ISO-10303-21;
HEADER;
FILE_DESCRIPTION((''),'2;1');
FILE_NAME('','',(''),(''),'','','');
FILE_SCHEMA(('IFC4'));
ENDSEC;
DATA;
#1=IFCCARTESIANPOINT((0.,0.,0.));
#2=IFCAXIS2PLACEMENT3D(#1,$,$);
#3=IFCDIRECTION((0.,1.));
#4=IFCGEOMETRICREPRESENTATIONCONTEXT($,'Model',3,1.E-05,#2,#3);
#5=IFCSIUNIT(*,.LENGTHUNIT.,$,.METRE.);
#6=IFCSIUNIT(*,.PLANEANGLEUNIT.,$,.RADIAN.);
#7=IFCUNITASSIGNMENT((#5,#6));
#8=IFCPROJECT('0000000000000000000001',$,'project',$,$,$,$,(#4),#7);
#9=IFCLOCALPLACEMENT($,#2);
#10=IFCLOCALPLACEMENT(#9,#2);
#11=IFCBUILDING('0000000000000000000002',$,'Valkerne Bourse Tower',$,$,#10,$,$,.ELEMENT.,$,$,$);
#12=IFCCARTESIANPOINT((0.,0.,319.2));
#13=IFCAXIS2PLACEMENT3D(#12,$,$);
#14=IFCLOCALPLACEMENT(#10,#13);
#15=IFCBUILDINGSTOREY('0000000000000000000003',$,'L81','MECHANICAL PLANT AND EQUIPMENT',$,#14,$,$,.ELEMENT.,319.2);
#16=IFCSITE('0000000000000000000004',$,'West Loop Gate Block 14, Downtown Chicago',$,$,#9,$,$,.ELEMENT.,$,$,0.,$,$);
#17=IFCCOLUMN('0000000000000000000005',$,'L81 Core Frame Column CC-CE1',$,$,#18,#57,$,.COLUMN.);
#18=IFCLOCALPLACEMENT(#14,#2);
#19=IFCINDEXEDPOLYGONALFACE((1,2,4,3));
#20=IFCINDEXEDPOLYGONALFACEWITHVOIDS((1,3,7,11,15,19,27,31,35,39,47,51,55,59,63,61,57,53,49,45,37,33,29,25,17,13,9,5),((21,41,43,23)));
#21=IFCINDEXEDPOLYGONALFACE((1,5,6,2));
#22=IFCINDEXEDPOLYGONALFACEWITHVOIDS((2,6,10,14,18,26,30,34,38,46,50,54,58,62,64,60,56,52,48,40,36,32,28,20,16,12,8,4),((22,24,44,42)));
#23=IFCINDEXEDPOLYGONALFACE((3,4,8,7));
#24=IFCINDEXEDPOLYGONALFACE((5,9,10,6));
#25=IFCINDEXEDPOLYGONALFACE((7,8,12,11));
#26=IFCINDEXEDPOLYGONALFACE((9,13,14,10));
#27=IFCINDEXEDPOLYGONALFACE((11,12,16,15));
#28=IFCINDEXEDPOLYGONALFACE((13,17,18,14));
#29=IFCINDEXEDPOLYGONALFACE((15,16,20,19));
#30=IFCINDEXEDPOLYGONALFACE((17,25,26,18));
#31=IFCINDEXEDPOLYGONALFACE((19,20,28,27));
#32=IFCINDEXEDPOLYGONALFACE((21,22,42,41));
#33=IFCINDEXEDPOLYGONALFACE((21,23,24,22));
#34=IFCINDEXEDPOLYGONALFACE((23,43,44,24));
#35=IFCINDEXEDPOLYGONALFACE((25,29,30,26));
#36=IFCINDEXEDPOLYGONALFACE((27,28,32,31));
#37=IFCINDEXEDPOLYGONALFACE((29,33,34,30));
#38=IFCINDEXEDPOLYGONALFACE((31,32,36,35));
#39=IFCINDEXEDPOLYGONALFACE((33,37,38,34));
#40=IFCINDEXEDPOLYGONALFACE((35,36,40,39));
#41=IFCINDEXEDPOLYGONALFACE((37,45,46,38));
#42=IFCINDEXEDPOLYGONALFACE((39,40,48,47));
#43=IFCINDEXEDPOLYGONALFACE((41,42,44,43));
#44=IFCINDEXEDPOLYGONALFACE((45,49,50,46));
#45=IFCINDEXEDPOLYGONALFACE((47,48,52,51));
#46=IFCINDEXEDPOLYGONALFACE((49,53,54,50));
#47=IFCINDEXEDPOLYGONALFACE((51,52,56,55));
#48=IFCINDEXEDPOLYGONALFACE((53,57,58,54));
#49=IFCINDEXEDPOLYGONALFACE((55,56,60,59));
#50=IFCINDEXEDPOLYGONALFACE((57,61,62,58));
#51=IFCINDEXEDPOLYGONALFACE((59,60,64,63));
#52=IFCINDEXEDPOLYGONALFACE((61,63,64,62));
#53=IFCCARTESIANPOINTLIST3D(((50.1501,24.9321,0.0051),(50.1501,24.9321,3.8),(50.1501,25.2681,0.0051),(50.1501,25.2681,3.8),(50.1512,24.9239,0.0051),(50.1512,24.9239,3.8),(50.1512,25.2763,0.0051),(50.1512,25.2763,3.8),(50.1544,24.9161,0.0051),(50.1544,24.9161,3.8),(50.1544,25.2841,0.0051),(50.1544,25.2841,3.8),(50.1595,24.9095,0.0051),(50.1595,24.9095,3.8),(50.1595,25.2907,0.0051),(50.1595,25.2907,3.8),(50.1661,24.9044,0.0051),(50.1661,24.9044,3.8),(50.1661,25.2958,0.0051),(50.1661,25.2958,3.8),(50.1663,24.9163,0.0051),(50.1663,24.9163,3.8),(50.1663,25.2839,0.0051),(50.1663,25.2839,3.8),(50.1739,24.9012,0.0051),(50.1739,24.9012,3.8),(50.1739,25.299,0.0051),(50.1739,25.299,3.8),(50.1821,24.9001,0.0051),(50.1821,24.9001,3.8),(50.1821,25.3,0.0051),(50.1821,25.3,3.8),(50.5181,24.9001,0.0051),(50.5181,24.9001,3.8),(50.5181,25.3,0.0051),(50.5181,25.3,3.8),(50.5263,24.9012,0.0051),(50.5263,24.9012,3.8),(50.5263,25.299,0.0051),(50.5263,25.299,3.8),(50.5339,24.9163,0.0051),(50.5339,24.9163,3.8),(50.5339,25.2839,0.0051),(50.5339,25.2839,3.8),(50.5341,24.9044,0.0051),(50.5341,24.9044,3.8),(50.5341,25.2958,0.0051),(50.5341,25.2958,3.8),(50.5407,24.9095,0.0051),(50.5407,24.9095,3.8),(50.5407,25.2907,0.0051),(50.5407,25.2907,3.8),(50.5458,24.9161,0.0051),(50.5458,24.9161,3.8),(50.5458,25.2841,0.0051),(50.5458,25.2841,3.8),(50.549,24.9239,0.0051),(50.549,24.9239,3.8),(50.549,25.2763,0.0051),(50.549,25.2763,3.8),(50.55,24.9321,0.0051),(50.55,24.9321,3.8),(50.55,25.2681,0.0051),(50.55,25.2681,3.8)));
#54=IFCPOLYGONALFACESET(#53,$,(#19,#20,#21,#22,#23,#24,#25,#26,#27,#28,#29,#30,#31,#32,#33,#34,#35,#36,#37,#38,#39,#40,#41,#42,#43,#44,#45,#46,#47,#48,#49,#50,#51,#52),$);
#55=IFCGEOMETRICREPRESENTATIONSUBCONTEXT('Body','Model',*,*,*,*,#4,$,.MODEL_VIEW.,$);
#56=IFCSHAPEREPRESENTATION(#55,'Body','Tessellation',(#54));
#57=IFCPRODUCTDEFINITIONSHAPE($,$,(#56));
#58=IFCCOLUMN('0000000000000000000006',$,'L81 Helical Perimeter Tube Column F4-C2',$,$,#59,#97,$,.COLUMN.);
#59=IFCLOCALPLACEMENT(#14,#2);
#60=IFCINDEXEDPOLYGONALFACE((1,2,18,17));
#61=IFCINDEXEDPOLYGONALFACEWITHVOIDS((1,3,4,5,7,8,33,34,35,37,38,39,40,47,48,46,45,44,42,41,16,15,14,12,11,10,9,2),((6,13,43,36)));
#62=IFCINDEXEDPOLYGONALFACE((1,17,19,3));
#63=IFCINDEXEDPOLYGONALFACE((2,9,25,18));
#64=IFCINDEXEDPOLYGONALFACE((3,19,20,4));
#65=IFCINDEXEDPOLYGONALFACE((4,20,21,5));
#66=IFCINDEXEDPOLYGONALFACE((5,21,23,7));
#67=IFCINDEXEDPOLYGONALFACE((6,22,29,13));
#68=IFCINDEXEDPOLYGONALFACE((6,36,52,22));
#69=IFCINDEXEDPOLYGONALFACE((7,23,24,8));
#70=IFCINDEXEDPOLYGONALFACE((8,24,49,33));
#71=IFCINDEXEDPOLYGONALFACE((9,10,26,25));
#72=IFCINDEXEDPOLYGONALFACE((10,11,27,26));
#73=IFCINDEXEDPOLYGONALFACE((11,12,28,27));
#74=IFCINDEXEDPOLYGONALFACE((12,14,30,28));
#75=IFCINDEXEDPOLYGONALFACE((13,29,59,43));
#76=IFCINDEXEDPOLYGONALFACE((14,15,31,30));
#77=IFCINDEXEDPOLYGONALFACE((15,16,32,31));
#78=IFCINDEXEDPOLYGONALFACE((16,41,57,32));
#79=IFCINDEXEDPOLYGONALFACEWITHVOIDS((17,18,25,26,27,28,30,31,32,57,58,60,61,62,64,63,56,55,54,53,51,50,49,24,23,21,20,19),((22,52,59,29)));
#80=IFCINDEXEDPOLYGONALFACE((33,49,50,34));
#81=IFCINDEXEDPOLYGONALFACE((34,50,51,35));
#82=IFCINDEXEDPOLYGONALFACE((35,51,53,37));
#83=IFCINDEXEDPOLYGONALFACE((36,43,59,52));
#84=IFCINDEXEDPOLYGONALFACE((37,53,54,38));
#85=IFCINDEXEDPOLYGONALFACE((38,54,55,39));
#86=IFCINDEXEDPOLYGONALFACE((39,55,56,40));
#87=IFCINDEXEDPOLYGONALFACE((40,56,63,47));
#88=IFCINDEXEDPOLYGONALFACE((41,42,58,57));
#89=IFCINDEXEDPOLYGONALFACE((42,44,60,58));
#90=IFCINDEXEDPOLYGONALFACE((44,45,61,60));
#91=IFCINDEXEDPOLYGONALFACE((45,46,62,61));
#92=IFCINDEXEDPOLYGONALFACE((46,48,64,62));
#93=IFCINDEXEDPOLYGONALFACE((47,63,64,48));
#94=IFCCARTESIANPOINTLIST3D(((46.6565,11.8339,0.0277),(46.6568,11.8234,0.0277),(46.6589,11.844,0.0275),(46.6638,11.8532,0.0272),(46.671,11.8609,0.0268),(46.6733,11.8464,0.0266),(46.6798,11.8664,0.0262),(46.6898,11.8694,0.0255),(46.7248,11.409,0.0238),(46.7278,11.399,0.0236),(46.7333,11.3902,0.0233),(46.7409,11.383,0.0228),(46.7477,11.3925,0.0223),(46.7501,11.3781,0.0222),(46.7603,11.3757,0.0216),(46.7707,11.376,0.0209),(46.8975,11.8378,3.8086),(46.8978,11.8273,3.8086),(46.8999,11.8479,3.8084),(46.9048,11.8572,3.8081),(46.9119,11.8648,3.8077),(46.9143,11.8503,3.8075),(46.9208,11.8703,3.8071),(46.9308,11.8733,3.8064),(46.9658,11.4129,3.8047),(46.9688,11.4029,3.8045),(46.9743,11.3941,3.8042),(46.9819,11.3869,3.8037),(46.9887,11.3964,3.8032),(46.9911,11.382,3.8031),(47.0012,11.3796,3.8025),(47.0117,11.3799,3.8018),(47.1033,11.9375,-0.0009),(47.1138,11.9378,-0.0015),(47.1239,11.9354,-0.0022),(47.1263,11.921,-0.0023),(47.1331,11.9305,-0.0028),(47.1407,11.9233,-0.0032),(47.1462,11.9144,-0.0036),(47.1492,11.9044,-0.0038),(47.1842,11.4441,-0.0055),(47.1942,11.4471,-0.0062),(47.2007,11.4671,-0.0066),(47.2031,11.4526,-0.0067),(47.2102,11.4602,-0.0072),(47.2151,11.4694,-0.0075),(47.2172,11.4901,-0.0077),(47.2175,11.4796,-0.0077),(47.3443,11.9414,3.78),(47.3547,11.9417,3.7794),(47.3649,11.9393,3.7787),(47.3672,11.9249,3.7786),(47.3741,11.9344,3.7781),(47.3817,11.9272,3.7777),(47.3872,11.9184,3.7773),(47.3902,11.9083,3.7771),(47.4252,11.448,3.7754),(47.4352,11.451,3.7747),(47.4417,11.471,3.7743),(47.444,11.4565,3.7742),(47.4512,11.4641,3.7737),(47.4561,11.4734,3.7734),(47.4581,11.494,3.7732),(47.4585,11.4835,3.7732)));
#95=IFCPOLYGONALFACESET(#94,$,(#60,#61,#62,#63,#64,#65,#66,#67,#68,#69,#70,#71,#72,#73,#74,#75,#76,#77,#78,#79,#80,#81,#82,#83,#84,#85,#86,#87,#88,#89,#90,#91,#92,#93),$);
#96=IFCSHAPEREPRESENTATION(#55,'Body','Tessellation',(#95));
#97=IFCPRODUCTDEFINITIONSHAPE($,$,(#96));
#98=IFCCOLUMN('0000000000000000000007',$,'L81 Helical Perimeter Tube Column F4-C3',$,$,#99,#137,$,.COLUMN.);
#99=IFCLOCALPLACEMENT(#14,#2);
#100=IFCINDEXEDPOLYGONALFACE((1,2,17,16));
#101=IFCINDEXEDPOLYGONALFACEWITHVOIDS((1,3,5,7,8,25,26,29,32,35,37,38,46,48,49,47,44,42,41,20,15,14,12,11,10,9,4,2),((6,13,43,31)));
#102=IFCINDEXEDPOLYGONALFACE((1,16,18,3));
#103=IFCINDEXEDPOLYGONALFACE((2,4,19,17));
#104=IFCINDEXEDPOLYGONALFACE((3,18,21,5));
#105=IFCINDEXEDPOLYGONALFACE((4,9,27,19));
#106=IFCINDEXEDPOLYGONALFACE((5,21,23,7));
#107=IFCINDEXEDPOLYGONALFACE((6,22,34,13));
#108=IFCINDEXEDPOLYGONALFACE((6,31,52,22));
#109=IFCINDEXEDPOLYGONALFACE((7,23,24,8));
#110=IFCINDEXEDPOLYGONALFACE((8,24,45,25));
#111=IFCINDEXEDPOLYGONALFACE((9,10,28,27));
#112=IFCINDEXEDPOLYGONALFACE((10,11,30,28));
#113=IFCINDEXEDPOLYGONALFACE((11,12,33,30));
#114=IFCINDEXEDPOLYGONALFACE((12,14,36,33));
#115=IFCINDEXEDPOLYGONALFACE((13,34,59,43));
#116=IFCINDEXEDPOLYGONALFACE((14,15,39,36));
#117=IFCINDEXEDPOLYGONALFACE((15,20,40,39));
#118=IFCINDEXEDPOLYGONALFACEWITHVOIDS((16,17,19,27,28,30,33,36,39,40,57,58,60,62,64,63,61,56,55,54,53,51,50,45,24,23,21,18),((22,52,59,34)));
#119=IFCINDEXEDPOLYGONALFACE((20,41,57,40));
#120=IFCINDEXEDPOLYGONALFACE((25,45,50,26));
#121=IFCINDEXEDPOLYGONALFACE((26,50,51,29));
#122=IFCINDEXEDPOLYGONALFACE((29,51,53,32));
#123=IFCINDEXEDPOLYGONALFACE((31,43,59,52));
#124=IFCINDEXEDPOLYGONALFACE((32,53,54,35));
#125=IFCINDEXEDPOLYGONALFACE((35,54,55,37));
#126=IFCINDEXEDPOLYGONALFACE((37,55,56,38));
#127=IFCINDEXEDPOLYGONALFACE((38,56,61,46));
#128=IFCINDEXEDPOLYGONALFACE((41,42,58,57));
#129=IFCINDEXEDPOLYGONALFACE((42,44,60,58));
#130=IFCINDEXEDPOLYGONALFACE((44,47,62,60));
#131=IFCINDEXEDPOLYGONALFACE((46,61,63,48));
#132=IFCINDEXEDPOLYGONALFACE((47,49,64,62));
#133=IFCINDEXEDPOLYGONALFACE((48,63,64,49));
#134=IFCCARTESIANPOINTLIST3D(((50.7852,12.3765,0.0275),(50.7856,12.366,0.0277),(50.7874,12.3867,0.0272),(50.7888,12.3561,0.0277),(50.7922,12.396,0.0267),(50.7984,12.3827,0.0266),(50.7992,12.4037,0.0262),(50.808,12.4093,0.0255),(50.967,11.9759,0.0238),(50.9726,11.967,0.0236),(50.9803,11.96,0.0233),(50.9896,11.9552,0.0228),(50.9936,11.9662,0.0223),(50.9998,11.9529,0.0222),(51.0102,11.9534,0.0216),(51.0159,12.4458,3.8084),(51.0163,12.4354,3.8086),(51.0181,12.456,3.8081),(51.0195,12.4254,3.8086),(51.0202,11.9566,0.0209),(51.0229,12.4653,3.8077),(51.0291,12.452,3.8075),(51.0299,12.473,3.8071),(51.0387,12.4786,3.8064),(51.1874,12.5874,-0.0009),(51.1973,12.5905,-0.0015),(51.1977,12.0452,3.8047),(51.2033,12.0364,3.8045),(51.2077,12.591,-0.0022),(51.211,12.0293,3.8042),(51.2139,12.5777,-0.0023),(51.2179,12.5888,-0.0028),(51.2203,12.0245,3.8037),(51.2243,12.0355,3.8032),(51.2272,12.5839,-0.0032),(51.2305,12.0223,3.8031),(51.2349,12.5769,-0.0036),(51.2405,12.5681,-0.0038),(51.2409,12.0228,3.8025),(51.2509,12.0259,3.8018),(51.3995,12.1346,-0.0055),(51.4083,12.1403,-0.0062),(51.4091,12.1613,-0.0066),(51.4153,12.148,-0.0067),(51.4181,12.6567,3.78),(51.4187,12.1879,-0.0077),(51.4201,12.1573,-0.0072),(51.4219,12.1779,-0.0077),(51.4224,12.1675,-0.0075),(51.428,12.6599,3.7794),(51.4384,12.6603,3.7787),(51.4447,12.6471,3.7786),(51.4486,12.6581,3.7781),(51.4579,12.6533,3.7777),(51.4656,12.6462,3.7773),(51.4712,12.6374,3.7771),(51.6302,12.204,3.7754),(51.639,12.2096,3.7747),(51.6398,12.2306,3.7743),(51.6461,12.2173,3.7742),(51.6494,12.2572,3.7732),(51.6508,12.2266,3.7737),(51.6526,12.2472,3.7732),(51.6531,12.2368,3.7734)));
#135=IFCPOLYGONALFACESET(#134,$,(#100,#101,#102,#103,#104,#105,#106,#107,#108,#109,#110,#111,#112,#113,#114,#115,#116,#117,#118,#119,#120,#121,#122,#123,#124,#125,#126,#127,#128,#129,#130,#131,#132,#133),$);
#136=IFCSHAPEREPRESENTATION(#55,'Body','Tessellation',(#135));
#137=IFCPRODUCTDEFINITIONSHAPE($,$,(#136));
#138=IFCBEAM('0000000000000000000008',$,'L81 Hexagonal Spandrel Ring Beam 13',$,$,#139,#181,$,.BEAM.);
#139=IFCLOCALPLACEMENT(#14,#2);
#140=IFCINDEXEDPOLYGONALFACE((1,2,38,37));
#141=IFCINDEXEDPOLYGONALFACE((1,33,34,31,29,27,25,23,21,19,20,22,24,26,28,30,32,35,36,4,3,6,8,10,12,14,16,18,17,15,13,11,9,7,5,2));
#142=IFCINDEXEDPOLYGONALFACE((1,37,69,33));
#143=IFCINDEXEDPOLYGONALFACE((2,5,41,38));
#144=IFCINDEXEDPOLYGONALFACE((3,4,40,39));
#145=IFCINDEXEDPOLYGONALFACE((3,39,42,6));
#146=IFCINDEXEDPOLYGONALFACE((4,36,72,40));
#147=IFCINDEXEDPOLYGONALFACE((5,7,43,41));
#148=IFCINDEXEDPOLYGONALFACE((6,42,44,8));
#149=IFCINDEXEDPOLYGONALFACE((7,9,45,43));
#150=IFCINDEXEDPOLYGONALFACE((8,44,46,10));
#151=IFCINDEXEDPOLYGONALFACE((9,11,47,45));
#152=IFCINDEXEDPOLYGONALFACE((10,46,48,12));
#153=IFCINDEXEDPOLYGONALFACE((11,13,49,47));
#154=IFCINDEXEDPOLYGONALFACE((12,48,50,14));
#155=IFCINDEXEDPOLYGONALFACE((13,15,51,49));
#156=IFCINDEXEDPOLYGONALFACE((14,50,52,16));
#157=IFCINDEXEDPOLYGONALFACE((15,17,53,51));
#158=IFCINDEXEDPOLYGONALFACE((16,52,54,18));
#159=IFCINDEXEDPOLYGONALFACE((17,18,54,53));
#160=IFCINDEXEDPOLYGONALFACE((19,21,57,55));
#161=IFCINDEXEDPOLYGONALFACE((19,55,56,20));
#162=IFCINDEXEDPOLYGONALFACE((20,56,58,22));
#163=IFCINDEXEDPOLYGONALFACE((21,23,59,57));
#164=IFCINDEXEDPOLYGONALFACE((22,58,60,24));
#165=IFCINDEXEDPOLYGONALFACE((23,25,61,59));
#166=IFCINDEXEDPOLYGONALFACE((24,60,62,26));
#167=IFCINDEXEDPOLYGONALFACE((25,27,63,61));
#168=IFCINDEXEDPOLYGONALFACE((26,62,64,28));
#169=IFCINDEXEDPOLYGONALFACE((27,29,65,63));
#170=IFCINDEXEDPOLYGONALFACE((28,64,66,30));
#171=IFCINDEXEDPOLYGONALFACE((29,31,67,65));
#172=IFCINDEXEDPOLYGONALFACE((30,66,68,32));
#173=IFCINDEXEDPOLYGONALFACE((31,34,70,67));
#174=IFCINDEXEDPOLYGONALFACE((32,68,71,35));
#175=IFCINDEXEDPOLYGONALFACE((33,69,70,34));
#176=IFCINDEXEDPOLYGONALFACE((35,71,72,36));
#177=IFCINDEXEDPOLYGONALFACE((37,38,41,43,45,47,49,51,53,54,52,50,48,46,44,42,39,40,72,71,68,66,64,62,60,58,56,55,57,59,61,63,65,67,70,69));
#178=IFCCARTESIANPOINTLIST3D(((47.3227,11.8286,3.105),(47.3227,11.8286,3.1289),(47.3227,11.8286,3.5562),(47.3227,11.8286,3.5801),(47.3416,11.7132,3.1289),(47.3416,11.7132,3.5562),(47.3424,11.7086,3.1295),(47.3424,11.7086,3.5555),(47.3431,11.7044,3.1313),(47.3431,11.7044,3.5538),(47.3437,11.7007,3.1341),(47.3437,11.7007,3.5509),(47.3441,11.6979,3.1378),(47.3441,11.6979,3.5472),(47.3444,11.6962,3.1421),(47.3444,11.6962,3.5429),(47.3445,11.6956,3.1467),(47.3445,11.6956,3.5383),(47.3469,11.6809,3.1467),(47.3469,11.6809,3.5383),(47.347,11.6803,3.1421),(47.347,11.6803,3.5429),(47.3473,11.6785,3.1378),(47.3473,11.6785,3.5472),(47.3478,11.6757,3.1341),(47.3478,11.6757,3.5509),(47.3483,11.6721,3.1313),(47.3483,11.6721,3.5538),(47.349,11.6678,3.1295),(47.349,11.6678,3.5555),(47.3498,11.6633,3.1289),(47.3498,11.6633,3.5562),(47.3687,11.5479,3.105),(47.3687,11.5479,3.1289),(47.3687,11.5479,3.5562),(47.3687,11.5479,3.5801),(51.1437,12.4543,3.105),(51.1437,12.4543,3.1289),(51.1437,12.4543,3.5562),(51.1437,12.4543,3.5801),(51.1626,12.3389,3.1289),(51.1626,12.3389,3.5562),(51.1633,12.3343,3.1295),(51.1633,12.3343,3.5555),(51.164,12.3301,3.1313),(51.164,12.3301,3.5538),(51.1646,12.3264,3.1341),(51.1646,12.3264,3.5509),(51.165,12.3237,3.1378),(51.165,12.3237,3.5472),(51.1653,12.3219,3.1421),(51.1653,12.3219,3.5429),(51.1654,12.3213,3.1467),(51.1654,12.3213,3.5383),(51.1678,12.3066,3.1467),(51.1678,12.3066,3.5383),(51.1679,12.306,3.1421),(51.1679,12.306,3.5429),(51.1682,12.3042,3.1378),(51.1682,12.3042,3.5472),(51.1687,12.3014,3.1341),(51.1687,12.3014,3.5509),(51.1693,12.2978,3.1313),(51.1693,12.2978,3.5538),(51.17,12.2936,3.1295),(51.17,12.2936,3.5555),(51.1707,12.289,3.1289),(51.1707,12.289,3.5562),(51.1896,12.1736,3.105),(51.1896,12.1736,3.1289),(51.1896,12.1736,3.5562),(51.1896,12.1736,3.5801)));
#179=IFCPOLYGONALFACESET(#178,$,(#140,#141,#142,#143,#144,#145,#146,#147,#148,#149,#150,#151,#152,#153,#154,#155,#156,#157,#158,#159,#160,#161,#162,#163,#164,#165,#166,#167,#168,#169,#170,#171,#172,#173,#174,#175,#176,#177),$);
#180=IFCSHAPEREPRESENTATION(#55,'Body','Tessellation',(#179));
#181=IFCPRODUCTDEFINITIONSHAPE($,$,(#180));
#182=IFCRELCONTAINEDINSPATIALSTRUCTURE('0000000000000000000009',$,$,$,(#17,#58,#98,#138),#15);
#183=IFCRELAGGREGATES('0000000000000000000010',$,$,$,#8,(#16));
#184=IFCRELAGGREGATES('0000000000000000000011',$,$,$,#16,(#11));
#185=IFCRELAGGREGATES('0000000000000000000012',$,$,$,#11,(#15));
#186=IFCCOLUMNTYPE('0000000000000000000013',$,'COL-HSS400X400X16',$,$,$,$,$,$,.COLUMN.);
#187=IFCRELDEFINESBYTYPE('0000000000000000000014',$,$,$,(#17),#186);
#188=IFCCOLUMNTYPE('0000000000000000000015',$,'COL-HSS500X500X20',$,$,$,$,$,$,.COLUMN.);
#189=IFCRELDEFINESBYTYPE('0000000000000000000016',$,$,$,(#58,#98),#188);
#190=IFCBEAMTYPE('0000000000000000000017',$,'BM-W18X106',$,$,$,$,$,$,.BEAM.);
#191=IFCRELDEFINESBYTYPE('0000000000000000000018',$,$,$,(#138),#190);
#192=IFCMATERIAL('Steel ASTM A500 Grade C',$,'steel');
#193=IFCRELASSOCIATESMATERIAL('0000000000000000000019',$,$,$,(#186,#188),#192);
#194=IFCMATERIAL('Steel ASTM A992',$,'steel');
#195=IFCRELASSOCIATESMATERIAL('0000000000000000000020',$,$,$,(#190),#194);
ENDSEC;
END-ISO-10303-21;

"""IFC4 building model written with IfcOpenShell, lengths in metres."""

from ifc_helpers import new_model, si_unit, direction, frame, origin, origin_2d, place, context, subcontext, project, spatial, hollow_rectangle, i_section, extrude, material, material_profile, profile_set, type_object, element, save


model = new_model("IFC4")

# Units and contexts
model_context = context("Model", 3, precision=1e-05, world=origin(), true_north=direction((0.0, 1.0)))
body_context = subcontext(model_context, "Body", "Model", "MODEL_VIEW")
ifc_project = project(units=[si_unit("LENGTHUNIT", "METRE"), si_unit("PLANEANGLEUNIT", "RADIAN")], contexts=[model_context])

# Site, building, storey
site_placement = place(None, origin())
site = spatial("IfcSite", under=ifc_project, at=site_placement, Name="West Loop Gate Block 14, Downtown Chicago", CompositionType="ELEMENT", RefElevation=0.0)
building_placement = place(site_placement, origin())
building = spatial("IfcBuilding", under=site, at=building_placement, Name="Valkerne Bourse Tower", CompositionType="ELEMENT")
storey_placement = place(building_placement, frame((0.0, 0.0, 319.2)))
storey = spatial("IfcBuildingStorey", under=building, at=storey_placement, Name="L81", Description="MECHANICAL PLANT AND EQUIPMENT", CompositionType="ELEMENT", Elevation=319.2)

# Columns
ifc_material_1 = material(Name="Steel ASTM A500 Grade C", Category="steel")
ifc_material_profile_1 = material_profile(ifc_material_1, hollow_rectangle(XDim=0.3999, YDim=0.3999, WallThickness=0.0161, OuterFilletRadius=0.032, at=origin_2d()), Name="HSS400X400X16")
ifc_profile_set_1 = profile_set([ifc_material_profile_1], Name="Steel ASTM A500 Grade C")
column_type_1 = type_object("IfcColumnType", Name="COL-HSS400X400X16", PredefinedType="COLUMN", material=ifc_profile_set_1)
column_placement = place(storey_placement, frame((50.3501, 25.1001, 0.0051), z_axis=(0.0, 0.0, 1.0), x_axis=(1.0, 0.0, 0.0)))
element("IfcColumn", 1, at=column_placement, inside=storey, type_object=column_type_1, Name="L81 Core Frame Column CC-CE1", PredefinedType="COLUMN", context=body_context, shape_type="SweptSolid", body=[
    extrude(hollow_rectangle(XDim=0.3999, YDim=0.3999, WallThickness=0.0161, OuterFilletRadius=0.032, at=origin_2d()), origin(), (0.0, 0.0, 1.0), 3.7949),
])
ifc_material_profile_2 = material_profile(ifc_material_1, hollow_rectangle(XDim=0.5, YDim=0.5, WallThickness=0.02, OuterFilletRadius=0.04, at=origin_2d()), Name="HSS500X500X20")
ifc_profile_set_2 = profile_set([ifc_material_profile_2], Name="Steel ASTM A500 Grade C")
column_type_2 = type_object("IfcColumnType", Name="COL-HSS500X500X20", PredefinedType="COLUMN", material=ifc_profile_set_2)
for number, where, z_axis, x_axis, name in (
    (2, (46.937, 11.6567, 0.01), (0.063602, 0.001031, 0.997975), (-0.161803, 0.986779, 0.009292), "L81 Helical Perimeter Tube Column F4-C2"),
    (3, (51.1038, 12.272, 0.01), (0.060895, 0.018301, 0.997976), (-0.424344, 0.905453, 0.009289), "L81 Helical Perimeter Tube Column F4-C3"),
):
    element("IfcColumn", number, at=place(storey_placement, frame(where, z_axis=z_axis, x_axis=x_axis)), inside=storey, type_object=column_type_2, Name=name, PredefinedType="COLUMN", context=body_context, shape_type="SweptSolid", body=[
        extrude(hollow_rectangle(XDim=0.5, YDim=0.5, WallThickness=0.02, OuterFilletRadius=0.04, at=origin_2d()), origin(), (0.0, 0.0, 1.0), 3.7886),
    ])

# Beam
ifc_material_2 = material(Name="Steel ASTM A992", Category="steel")
ifc_material_profile_3 = material_profile(ifc_material_2, i_section(OverallWidth=0.2844, OverallDepth=0.4751, WebThickness=0.0149, FlangeThickness=0.0239, FilletRadius=0.0178, at=origin_2d()), Name="W18X106")
ifc_profile_set_3 = profile_set([ifc_material_profile_3], Name="Steel ASTM A992")
beam_type_1 = type_object("IfcBeamType", Name="BM-W18X106", PredefinedType="BEAM", material=ifc_profile_set_3)
for number, where, z_axis, x_axis, name in (
    (4, (47.3457, 11.6882, 3.3425), (0.986855, 0.161607, 0.0), (-0.161607, 0.986855, 0.0), "L81 Hexagonal Spandrel Ring Beam 13"),
):
    element("IfcBeam", number, at=place(storey_placement, frame(where, z_axis=z_axis, x_axis=x_axis)), inside=storey, type_object=beam_type_1, Name=name, PredefinedType="BEAM", context=body_context, shape_type="SweptSolid", body=[
        extrude(i_section(OverallWidth=0.2844, OverallDepth=0.4751, WebThickness=0.0149, FlangeThickness=0.0239, FilletRadius=0.0178, at=origin_2d()), origin(), (0.0, 0.0, 1.0), 3.8718),
    ])

save(model, "model.ifc")
